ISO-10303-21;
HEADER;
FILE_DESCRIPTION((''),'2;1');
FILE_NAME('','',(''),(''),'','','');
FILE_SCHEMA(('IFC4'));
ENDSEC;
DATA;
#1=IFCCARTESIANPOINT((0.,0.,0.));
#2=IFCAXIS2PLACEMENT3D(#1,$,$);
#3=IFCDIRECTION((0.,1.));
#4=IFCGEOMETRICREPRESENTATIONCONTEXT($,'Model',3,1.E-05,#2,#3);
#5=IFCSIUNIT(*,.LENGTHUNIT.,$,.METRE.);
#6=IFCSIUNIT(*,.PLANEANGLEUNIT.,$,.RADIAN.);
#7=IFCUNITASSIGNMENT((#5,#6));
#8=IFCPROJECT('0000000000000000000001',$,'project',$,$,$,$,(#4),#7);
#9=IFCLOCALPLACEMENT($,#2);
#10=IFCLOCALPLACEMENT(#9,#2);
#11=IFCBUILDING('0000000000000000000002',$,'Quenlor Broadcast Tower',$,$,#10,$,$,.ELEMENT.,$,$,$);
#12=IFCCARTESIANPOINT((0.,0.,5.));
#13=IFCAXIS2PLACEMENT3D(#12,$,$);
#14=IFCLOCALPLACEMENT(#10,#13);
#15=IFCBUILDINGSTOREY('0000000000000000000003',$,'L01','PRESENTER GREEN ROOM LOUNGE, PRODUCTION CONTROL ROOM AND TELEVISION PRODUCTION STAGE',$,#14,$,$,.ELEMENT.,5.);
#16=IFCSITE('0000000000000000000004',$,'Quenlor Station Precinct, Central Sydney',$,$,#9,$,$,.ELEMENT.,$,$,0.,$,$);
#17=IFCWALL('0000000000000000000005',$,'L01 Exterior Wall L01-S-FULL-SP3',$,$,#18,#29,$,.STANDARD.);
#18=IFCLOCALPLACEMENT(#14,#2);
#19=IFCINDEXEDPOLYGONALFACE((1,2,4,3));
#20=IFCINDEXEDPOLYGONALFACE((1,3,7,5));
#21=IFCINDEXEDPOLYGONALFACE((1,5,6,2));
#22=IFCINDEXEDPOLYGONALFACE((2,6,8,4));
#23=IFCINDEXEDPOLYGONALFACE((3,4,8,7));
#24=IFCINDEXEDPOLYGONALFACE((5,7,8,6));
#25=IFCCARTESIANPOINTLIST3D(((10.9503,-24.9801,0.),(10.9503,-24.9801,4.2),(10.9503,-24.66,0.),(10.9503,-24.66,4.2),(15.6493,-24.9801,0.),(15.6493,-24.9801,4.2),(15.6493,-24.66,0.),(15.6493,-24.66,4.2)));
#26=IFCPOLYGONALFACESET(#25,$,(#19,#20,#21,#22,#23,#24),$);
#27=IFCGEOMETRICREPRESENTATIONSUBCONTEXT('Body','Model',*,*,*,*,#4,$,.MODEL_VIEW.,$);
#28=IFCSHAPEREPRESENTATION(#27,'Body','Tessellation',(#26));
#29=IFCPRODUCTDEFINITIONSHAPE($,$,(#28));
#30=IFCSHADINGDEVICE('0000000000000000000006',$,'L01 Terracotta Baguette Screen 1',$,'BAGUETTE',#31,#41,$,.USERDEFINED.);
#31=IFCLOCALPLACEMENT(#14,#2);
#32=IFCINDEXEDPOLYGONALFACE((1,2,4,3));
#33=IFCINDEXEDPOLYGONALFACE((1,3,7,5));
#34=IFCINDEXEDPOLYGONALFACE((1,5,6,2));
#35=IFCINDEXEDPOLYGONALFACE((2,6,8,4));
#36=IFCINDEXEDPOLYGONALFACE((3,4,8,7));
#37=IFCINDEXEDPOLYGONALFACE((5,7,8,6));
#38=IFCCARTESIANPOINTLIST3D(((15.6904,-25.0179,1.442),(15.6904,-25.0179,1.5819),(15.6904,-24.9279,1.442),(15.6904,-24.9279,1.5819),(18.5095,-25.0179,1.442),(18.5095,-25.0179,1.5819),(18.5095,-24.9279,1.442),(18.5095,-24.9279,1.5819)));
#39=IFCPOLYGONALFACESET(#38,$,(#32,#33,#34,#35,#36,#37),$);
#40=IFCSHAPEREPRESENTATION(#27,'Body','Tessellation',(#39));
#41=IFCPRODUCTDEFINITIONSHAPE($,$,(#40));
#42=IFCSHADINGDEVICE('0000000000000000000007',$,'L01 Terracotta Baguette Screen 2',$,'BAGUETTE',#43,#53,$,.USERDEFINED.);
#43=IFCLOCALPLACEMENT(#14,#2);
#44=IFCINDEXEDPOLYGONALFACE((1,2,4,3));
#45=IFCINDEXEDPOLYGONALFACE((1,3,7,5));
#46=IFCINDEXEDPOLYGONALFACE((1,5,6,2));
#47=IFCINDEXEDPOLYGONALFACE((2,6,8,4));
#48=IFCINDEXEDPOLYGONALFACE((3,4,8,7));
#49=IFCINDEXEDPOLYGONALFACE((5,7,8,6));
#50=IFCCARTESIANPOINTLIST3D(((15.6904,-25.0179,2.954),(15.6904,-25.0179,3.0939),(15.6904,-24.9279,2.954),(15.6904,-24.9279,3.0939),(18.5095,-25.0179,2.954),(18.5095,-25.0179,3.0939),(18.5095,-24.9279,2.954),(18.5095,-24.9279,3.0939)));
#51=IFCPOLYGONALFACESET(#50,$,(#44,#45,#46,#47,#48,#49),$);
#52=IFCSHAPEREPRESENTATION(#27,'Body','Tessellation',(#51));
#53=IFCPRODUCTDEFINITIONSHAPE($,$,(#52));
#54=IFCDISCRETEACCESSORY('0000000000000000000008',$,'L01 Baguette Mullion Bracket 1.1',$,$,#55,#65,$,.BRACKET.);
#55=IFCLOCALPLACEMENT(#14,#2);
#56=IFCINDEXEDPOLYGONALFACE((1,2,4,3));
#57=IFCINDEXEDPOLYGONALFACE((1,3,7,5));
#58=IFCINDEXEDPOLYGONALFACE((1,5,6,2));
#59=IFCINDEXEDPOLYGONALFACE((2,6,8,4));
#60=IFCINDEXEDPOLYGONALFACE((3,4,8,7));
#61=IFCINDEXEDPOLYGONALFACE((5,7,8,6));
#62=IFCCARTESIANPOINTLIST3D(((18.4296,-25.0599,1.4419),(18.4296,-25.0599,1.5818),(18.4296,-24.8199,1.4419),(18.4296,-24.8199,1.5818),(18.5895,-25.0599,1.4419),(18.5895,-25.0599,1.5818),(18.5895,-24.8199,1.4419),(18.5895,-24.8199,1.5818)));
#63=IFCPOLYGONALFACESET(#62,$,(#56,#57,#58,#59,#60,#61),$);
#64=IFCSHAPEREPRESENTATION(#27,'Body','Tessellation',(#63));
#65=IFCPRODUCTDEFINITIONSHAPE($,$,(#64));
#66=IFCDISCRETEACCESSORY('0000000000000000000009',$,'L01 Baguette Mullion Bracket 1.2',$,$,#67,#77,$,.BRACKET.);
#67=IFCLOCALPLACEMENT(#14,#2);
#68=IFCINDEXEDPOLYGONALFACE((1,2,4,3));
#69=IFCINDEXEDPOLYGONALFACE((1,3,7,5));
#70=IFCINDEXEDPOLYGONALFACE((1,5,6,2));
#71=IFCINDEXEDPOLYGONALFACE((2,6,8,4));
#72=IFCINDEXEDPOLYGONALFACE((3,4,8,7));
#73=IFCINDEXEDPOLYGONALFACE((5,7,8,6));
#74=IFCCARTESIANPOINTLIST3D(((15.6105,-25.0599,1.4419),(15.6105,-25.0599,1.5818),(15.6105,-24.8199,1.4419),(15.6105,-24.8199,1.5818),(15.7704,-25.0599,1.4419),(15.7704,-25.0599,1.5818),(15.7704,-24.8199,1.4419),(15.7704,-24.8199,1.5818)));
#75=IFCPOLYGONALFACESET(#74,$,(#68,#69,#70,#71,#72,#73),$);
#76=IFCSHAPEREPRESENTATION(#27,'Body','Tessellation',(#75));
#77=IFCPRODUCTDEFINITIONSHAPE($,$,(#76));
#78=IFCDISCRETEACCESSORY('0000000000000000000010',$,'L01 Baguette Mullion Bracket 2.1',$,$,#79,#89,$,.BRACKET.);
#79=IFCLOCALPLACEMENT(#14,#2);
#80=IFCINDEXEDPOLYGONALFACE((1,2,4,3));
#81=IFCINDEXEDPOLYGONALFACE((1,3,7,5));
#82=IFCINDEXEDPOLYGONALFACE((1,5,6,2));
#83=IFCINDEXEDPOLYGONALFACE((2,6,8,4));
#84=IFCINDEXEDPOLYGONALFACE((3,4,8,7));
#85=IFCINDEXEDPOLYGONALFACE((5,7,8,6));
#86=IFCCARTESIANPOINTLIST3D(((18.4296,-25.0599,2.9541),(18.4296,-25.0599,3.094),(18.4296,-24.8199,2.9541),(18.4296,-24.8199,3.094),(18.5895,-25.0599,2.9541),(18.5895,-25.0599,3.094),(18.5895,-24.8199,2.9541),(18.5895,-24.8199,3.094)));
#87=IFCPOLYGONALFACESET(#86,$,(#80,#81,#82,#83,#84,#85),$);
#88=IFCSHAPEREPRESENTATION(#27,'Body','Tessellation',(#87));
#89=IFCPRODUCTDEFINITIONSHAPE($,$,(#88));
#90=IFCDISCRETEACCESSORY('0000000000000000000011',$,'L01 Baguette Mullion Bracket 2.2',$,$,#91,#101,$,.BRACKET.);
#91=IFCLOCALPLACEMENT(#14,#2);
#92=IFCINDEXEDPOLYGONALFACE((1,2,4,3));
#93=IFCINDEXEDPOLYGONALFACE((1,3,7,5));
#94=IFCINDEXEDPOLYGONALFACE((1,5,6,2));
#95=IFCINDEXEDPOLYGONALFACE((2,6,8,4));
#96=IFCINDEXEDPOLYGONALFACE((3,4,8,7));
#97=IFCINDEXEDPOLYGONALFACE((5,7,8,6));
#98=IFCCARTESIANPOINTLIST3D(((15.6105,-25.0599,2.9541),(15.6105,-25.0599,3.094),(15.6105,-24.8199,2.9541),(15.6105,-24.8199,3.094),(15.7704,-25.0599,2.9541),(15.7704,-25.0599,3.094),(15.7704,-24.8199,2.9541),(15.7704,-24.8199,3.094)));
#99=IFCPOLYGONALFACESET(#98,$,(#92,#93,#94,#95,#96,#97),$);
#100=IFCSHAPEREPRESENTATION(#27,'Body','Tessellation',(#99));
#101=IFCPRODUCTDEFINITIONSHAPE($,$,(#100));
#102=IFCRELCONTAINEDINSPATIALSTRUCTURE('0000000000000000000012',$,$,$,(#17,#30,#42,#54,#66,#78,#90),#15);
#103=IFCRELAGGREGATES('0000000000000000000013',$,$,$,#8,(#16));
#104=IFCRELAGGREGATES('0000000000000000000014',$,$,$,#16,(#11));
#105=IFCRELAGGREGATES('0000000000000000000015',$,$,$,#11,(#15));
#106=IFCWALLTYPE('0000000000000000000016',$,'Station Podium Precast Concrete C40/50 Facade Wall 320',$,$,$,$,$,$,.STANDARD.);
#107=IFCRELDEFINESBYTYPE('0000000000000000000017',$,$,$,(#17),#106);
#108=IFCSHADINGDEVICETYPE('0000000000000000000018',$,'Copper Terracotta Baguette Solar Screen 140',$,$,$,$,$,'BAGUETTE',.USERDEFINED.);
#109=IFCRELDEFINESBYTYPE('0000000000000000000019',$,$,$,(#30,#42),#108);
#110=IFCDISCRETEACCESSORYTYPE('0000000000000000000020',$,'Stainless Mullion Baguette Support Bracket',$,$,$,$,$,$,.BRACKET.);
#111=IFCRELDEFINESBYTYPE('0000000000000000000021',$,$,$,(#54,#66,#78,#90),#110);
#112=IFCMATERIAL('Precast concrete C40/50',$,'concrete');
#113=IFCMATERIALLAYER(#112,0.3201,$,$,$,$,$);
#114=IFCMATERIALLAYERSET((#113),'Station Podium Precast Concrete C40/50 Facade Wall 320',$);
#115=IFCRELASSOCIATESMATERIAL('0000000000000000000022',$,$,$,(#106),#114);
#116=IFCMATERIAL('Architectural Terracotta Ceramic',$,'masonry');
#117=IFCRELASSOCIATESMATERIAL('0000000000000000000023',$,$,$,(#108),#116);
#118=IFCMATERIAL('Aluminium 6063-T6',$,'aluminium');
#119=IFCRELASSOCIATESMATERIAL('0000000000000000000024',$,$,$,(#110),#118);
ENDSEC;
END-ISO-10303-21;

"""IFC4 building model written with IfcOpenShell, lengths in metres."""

from ifc_helpers import new_model, si_unit, direction, frame, frame_2d, origin, origin_2d, place, context, subcontext, project, spatial, rectangle, extrude, material, layer, layer_set, material_profile, profile_set, type_object, element, save


model = new_model("IFC4")

# Units and contexts
model_context = context("Model", 3, precision=1e-05, world=origin(), true_north=direction((0.0, 1.0)))
body_context = subcontext(model_context, "Body", "Model", "MODEL_VIEW")
ifc_project = project(units=[si_unit("LENGTHUNIT", "METRE"), si_unit("PLANEANGLEUNIT", "RADIAN")], contexts=[model_context])

# Site, building, storey
site_placement = place(None, origin())
site = spatial("IfcSite", under=ifc_project, at=site_placement, Name="Quenlor Station Precinct, Central Sydney", CompositionType="ELEMENT", RefElevation=0.0)
building_placement = place(site_placement, origin())
building = spatial("IfcBuilding", under=site, at=building_placement, Name="Quenlor Broadcast Tower", CompositionType="ELEMENT")
storey_placement = place(building_placement, frame((0.0, 0.0, 5.0)))
storey = spatial("IfcBuildingStorey", under=building, at=storey_placement, Name="L01", Description="PRESENTER GREEN ROOM LOUNGE, PRODUCTION CONTROL ROOM AND TELEVISION PRODUCTION STAGE", CompositionType="ELEMENT", Elevation=5.0)

# Wall
ifc_material_1 = material(Name="Precast concrete C40/50", Category="concrete")
ifc_layer_1 = layer(ifc_material_1, 0.3201)
ifc_layer_set_1 = layer_set([ifc_layer_1], Name="Station Podium Precast Concrete C40/50 Facade Wall 320")
wall_type = type_object("IfcWallType", Name="Station Podium Precast Concrete C40/50 Facade Wall 320", PredefinedType="STANDARD", material=ifc_layer_set_1)
wall_placement = place(storey_placement, frame((15.6494, -24.8201, 0.0), z_axis=(0.0, 0.0, 1.0), x_axis=(-1.0, 0.0, 0.0)))
element("IfcWall", 1, at=wall_placement, inside=storey, type_object=wall_type, Name="L01 Exterior Wall L01-S-FULL-SP3", PredefinedType="STANDARD", context=body_context, shape_type="SweptSolid", body=[
    extrude(rectangle(XDim=4.699, YDim=0.3201, at=frame_2d((2.3496, 0.0))), origin(), (0.0, 0.0, 1.0), 4.2),
])

# Shading devices
ifc_material_2 = material(Name="Architectural Terracotta Ceramic", Category="masonry")
ifc_material_profile_1 = material_profile(ifc_material_2, rectangle(XDim=0.0901, YDim=0.1399, at=origin_2d()))
ifc_profile_set_1 = profile_set([ifc_material_profile_1], Name="Architectural Terracotta Ceramic BAG90x140")
shading_device_type = type_object("IfcShadingDeviceType", Name="Copper Terracotta Baguette Solar Screen 140", ElementType="BAGUETTE", PredefinedType="USERDEFINED", material=ifc_profile_set_1)
for number, where, z_axis, x_axis, name in (
    (2, (18.5095, -24.9729, 1.512), (-1.0, 0.0, 0.0), (0.0, -1.0, 0.0), "L01 Terracotta Baguette Screen 1"),
    (3, (18.5095, -24.9729, 3.0239), (-1.0, 0.0, 0.0), (0.0, -1.0, 0.0), "L01 Terracotta Baguette Screen 2"),
):
    element("IfcShadingDevice", number, at=place(storey_placement, frame(where, z_axis=z_axis, x_axis=x_axis)), inside=storey, type_object=shading_device_type, Name=name, ObjectType="BAGUETTE", PredefinedType="USERDEFINED", context=body_context, shape_type="SweptSolid", body=[
        extrude(rectangle(XDim=0.0901, YDim=0.1399, at=origin_2d()), origin(), (0.0, 0.0, 1.0), 2.8191),
    ])

# Discrete accessories
ifc_material_3 = material(Name="Aluminium 6063-T6", Category="aluminium")
discrete_accessory_type = type_object("IfcDiscreteAccessoryType", Name="Stainless Mullion Baguette Support Bracket", PredefinedType="BRACKET", material=ifc_material_3)
for number, where, z_axis, x_axis, name in (
    (4, (18.5095, -24.9399, 1.4419), (0.0, 0.0, 1.0), (-1.0, 0.0, 0.0), "L01 Baguette Mullion Bracket 1.1"),
    (5, (15.6904, -24.9399, 1.4419), (0.0, 0.0, 1.0), (-1.0, 0.0, 0.0), "L01 Baguette Mullion Bracket 1.2"),
    (6, (18.5095, -24.9399, 2.9541), (0.0, 0.0, 1.0), (-1.0, 0.0, 0.0), "L01 Baguette Mullion Bracket 2.1"),
    (7, (15.6904, -24.9399, 2.9541), (0.0, 0.0, 1.0), (-1.0, 0.0, 0.0), "L01 Baguette Mullion Bracket 2.2"),
):
    element("IfcDiscreteAccessory", number, at=place(storey_placement, frame(where, z_axis=z_axis, x_axis=x_axis)), inside=storey, type_object=discrete_accessory_type, Name=name, PredefinedType="BRACKET", context=body_context, shape_type="SweptSolid", body=[
        extrude(rectangle(XDim=0.1599, YDim=0.24, at=origin_2d()), origin(), (0.0, 0.0, 1.0), 0.1399),
    ])

save(model, "model.ifc")
